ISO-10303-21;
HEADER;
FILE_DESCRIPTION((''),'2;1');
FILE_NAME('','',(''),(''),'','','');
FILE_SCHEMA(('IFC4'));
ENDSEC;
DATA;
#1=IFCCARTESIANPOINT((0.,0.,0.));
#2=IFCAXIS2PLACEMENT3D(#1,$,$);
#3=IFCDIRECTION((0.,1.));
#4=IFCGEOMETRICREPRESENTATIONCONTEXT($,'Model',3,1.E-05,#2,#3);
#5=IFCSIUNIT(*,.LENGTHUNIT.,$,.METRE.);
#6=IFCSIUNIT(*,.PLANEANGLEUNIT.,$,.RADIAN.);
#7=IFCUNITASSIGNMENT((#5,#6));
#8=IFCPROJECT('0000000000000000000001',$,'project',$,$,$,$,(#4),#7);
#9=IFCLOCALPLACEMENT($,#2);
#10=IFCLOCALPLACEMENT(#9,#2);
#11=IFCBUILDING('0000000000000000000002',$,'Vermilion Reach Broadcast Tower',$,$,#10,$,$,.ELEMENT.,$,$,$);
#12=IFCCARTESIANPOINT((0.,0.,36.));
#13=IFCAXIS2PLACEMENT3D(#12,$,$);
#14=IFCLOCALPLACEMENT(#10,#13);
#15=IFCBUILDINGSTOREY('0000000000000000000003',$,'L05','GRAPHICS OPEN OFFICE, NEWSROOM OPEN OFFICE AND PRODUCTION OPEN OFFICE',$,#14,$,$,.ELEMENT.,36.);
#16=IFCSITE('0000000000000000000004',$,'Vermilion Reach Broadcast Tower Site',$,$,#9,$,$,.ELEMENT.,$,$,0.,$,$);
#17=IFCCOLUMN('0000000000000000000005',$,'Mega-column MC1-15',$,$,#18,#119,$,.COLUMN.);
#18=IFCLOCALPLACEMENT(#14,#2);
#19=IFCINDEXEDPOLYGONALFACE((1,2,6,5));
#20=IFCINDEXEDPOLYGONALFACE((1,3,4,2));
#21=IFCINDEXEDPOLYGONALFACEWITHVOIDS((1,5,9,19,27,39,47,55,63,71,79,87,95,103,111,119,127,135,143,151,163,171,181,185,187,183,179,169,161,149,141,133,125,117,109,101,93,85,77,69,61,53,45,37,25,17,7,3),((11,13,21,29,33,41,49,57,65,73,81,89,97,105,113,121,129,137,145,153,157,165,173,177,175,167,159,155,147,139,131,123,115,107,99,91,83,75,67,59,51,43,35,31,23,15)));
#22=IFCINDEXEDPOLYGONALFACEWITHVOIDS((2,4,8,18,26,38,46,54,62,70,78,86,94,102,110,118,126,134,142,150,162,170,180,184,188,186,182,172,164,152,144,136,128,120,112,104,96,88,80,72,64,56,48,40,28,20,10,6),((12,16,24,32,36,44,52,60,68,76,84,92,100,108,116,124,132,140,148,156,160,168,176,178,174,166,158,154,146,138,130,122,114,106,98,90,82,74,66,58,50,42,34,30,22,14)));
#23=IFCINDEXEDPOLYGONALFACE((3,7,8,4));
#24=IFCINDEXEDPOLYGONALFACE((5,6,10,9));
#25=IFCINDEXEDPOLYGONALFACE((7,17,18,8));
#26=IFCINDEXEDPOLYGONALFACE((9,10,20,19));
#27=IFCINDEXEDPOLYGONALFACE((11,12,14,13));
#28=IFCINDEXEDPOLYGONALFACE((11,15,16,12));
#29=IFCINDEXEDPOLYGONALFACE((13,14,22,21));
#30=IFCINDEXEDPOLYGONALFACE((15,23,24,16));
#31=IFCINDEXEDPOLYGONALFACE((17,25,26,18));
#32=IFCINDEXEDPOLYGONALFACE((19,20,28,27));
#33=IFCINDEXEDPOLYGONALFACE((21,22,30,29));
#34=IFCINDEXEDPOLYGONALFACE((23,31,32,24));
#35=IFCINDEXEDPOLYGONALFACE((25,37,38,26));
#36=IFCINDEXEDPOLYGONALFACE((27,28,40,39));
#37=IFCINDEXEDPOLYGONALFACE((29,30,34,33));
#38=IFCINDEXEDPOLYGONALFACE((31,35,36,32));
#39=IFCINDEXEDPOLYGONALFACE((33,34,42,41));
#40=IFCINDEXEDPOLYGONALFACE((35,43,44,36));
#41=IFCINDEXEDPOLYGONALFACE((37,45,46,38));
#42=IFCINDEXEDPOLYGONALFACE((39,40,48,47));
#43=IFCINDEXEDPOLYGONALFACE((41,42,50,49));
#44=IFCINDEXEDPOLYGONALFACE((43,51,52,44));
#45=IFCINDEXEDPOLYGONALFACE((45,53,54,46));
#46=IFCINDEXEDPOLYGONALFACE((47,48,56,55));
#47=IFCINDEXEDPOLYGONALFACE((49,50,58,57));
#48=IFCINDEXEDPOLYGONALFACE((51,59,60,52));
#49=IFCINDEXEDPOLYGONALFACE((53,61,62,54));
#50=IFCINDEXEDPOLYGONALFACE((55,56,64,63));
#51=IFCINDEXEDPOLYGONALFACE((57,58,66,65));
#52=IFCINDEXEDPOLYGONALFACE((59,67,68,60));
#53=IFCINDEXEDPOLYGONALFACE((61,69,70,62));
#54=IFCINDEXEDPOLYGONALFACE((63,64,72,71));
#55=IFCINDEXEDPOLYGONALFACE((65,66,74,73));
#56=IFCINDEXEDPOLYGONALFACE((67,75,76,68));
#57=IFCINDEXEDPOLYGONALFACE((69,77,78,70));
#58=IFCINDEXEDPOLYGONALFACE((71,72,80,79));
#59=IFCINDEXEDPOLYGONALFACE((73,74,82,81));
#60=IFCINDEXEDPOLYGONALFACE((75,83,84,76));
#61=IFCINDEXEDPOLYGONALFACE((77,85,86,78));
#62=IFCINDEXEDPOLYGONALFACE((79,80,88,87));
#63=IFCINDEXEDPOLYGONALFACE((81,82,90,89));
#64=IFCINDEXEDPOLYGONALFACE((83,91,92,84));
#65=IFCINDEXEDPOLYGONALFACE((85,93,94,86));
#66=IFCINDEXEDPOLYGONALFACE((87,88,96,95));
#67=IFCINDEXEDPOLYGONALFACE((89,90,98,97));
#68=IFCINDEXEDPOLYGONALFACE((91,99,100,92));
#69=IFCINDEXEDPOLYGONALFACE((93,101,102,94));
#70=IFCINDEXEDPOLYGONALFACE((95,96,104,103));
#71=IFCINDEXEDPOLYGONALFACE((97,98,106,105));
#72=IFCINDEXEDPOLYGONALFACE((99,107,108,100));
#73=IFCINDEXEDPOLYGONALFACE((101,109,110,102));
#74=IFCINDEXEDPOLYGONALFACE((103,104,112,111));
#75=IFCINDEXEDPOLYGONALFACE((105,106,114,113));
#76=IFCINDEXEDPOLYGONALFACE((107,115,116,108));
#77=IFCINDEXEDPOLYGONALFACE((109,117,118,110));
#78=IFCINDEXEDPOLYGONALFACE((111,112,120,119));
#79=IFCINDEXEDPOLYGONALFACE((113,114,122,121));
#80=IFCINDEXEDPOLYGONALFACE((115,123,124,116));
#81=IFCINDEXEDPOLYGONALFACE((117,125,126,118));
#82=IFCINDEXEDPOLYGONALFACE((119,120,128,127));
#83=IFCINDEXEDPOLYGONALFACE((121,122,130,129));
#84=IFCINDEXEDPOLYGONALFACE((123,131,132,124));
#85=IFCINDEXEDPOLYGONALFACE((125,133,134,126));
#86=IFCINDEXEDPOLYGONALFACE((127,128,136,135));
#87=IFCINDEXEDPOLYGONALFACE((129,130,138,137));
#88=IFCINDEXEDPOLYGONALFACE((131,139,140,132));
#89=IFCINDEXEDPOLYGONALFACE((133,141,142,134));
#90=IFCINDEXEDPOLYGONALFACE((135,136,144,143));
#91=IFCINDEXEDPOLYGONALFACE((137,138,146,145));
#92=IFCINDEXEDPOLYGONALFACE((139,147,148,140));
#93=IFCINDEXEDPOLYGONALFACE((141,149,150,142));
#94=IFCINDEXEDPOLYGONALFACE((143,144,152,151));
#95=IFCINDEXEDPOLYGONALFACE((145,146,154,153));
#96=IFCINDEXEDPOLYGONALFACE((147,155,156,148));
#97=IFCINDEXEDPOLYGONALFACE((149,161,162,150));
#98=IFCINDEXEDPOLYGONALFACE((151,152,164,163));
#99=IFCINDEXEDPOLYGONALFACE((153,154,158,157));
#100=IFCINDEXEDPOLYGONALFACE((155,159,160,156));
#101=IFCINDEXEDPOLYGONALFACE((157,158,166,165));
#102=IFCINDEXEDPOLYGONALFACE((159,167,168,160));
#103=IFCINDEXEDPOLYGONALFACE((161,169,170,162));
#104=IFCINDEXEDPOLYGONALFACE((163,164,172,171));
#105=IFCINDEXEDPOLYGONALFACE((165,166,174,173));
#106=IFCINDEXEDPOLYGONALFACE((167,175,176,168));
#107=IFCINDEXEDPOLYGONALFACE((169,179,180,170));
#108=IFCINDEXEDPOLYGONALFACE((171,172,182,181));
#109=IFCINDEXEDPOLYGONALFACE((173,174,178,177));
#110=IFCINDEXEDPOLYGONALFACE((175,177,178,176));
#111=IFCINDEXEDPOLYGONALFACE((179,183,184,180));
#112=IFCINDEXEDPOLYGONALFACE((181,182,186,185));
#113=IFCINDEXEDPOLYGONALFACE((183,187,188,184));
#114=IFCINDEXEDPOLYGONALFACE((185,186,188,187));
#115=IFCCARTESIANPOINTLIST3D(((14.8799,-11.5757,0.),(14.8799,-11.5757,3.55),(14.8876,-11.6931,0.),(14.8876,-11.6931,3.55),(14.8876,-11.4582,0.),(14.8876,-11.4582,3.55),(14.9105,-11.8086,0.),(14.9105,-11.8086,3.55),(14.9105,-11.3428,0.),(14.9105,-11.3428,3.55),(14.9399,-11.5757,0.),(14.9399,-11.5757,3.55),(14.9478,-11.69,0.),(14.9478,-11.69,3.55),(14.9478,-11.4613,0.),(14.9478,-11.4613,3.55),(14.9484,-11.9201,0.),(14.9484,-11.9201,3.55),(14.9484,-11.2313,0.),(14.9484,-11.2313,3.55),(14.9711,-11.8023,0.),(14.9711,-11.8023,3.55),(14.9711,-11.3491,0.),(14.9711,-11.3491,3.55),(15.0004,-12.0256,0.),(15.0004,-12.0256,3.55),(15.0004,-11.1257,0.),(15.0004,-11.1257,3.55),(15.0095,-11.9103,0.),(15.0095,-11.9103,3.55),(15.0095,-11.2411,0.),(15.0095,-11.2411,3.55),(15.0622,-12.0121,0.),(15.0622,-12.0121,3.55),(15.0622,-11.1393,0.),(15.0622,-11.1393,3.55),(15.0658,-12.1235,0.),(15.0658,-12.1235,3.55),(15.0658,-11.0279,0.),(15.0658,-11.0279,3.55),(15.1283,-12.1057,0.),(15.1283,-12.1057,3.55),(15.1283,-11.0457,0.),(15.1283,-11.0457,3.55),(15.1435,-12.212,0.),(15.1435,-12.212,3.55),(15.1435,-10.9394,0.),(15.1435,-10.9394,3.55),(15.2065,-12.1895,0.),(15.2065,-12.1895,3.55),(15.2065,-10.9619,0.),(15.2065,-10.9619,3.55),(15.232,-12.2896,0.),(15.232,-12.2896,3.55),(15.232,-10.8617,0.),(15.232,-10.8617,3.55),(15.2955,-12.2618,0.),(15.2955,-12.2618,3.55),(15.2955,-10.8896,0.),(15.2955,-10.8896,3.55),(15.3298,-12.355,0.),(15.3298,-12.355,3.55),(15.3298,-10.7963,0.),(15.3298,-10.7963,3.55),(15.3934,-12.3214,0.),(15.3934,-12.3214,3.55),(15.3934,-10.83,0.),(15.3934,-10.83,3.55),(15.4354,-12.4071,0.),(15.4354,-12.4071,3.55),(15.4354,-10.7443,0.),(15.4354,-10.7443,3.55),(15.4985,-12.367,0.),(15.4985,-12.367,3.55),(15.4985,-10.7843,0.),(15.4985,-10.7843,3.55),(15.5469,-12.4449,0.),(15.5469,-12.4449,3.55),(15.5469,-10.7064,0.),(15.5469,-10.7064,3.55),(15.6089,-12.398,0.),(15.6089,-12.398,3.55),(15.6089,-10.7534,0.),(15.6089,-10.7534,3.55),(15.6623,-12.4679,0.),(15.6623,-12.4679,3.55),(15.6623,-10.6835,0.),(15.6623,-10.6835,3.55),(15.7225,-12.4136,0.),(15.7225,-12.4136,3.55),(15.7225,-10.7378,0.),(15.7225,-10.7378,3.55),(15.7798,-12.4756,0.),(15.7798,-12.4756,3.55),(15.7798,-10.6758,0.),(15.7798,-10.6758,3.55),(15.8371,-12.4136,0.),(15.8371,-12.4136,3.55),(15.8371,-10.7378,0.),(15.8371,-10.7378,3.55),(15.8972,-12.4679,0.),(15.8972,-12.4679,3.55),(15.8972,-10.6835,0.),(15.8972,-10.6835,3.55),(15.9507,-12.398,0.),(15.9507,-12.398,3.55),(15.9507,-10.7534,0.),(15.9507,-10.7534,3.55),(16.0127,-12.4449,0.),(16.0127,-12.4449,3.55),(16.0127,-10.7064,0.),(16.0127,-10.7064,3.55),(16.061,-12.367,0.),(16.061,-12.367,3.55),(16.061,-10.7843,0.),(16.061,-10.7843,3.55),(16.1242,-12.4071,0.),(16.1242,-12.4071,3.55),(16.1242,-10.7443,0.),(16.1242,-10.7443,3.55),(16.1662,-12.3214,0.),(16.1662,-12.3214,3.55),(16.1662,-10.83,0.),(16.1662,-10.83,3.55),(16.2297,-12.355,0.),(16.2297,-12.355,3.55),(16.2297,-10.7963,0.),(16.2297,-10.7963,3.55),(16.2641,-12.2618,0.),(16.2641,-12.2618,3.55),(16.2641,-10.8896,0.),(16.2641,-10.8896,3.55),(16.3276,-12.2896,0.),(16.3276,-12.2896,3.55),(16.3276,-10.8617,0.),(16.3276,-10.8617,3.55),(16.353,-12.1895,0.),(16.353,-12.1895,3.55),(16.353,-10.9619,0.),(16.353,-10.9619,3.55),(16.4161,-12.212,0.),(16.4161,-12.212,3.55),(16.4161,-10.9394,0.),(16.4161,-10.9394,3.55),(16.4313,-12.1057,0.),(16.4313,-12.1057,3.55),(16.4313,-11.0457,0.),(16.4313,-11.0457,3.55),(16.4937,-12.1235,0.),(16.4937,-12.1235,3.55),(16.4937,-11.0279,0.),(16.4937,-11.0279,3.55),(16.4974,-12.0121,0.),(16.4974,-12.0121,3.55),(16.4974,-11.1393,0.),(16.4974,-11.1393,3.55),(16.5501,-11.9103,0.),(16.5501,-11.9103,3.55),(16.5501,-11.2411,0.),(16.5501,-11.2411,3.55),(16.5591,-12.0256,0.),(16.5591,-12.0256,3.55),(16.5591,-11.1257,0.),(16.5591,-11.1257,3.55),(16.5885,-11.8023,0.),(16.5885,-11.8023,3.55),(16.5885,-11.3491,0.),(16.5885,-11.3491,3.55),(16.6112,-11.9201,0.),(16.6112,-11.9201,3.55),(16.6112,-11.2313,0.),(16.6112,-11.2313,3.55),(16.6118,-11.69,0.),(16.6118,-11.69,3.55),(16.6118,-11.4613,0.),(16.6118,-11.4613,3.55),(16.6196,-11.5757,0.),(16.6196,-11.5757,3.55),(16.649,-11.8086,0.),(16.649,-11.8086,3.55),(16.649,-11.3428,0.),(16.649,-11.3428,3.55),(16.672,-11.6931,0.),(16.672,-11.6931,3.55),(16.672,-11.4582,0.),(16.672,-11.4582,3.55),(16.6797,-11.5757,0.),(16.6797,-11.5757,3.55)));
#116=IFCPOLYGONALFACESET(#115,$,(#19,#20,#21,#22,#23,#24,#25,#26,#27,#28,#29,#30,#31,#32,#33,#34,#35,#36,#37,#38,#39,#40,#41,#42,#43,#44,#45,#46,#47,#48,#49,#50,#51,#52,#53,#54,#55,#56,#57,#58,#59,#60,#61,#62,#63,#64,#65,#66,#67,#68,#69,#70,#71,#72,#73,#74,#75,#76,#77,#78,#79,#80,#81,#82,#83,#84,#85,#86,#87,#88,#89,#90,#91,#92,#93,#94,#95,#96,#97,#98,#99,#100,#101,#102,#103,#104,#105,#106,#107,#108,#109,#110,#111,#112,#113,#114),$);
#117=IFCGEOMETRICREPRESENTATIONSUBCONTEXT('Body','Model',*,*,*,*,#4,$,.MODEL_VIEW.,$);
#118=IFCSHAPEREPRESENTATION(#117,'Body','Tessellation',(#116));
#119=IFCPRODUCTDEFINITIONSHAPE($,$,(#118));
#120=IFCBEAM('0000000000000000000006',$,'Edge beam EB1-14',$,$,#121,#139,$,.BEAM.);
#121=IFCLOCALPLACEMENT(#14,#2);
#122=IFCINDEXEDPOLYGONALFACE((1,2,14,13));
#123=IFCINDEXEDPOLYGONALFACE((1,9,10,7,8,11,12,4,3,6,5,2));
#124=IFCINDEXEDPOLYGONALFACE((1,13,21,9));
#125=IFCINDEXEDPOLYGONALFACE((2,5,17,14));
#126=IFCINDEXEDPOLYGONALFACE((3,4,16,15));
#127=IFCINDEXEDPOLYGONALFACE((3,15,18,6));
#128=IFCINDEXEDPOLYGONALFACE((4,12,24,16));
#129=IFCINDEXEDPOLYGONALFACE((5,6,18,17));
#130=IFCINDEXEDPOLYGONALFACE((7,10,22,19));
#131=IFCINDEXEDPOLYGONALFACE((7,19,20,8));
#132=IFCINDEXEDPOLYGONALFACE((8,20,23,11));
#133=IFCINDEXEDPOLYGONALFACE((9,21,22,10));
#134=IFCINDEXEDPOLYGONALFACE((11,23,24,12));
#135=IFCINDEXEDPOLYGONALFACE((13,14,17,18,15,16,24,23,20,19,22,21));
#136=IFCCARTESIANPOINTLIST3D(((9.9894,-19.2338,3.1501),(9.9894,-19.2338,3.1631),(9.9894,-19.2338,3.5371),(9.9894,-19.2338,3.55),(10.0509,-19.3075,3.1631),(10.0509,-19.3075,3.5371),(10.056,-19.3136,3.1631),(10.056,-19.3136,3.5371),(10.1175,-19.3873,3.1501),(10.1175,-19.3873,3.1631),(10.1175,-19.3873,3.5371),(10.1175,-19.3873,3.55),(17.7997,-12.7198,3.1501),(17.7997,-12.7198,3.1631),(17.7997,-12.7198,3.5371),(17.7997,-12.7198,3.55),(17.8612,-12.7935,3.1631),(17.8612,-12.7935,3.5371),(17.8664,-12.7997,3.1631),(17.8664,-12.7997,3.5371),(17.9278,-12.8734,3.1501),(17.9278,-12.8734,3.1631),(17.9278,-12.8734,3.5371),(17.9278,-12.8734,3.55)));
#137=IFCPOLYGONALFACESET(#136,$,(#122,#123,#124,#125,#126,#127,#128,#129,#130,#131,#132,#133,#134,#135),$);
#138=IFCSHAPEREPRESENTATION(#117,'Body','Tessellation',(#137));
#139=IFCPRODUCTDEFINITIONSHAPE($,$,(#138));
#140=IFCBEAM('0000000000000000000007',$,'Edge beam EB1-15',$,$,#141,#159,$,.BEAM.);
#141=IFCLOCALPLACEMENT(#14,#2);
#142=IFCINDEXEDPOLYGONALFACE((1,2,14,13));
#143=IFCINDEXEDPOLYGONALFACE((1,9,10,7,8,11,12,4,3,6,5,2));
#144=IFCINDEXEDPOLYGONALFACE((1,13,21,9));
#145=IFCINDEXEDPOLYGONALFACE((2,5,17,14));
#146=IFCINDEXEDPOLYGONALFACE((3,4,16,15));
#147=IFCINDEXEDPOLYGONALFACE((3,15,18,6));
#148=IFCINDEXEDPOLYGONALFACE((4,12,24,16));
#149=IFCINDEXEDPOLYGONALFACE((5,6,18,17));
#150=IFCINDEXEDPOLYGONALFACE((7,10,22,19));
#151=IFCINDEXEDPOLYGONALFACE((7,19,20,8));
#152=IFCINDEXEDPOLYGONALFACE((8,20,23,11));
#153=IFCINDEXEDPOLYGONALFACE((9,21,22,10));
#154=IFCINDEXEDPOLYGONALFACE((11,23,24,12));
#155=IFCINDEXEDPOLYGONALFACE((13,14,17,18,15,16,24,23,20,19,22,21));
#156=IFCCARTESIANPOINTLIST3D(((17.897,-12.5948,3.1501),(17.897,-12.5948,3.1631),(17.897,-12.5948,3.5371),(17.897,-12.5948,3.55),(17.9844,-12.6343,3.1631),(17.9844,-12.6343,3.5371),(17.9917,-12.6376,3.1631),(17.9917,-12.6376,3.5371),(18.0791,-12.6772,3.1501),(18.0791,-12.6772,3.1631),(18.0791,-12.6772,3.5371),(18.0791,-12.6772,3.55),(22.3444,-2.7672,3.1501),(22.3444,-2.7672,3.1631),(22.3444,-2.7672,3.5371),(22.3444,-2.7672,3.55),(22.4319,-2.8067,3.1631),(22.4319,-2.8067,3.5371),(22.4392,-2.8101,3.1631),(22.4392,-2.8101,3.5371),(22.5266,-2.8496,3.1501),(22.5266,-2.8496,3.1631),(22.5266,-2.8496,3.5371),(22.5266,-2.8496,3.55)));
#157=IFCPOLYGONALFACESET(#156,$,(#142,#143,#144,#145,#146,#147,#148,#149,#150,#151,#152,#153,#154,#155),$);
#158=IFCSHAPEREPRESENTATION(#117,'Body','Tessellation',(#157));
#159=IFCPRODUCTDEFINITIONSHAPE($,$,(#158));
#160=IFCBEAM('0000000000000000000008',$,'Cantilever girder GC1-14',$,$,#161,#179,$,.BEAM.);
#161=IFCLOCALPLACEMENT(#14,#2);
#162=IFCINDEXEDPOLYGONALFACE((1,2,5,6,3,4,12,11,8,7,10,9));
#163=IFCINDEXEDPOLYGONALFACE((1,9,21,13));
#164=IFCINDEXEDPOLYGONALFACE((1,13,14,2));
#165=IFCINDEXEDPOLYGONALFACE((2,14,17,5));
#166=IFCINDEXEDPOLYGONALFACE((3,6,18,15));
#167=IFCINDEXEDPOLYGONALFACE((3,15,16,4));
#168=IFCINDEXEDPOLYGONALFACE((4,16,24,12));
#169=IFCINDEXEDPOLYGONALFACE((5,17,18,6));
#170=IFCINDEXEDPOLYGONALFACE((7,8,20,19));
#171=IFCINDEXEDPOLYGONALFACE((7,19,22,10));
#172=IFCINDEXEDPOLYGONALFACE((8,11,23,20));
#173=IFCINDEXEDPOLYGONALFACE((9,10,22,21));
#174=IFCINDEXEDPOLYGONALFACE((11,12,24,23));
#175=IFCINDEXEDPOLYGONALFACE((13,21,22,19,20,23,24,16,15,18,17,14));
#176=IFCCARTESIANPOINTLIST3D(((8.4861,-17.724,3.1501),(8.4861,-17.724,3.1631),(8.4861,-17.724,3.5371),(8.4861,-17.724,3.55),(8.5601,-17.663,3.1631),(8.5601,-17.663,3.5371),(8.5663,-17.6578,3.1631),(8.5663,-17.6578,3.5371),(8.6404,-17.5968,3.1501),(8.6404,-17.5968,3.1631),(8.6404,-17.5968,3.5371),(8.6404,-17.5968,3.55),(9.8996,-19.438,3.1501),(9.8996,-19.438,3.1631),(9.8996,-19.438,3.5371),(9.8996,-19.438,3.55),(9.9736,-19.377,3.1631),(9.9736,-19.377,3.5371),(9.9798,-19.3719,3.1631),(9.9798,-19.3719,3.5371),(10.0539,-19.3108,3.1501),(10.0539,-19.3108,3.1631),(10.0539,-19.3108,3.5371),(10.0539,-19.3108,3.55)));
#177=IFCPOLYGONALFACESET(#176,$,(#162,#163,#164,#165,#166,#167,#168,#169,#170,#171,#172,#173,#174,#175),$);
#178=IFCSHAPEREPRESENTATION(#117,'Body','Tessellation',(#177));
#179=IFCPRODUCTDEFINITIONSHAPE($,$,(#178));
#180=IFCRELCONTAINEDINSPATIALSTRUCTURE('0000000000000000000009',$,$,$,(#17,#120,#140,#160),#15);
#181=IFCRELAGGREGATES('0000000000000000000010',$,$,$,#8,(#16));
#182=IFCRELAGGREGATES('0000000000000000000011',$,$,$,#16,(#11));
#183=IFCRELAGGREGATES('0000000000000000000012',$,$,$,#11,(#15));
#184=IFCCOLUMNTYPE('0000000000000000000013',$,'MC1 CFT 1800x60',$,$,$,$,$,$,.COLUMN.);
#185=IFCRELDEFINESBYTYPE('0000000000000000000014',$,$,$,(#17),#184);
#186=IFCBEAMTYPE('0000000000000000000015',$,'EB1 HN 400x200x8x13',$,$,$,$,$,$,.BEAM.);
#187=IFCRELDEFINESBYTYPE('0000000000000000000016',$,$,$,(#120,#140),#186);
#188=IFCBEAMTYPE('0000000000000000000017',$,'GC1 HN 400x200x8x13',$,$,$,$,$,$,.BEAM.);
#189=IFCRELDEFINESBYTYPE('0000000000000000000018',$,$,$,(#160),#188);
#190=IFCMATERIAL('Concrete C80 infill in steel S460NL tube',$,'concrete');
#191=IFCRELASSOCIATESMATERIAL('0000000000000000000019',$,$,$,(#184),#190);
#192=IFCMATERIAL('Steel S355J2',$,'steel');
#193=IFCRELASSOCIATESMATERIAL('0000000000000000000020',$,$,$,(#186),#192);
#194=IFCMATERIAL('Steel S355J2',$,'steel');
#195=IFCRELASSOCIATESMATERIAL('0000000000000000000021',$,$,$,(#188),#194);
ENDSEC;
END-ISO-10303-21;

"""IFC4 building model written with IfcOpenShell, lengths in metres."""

from ifc_helpers import new_model, si_unit, direction, frame, origin, origin_2d, place, context, subcontext, project, spatial, hollow_circle, i_section, extrude, material, material_profile, profile_set, type_object, element, save


model = new_model("IFC4")

# Units and contexts
model_context = context("Model", 3, precision=1e-05, world=origin(), true_north=direction((0.0, 1.0)))
body_context = subcontext(model_context, "Body", "Model", "MODEL_VIEW")
ifc_project = project(units=[si_unit("LENGTHUNIT", "METRE"), si_unit("PLANEANGLEUNIT", "RADIAN")], contexts=[model_context])

# Site, building, storey
site_placement = place(None, origin())
site = spatial("IfcSite", under=ifc_project, at=site_placement, Name="Vermilion Reach Broadcast Tower Site", CompositionType="ELEMENT", RefElevation=0.0)
building_placement = place(site_placement, origin())
building = spatial("IfcBuilding", under=site, at=building_placement, Name="Vermilion Reach Broadcast Tower", CompositionType="ELEMENT")
storey_placement = place(building_placement, frame((0.0, 0.0, 36.0)))
storey = spatial("IfcBuildingStorey", under=building, at=storey_placement, Name="L05", Description="GRAPHICS OPEN OFFICE, NEWSROOM OPEN OFFICE AND PRODUCTION OPEN OFFICE", CompositionType="ELEMENT", Elevation=36.0)

# Column
ifc_material_1 = material(Name="Concrete C80 infill in steel S460NL tube", Category="concrete")
ifc_material_profile_1 = material_profile(ifc_material_1, hollow_circle(Radius=0.8999, WallThickness=0.0601, at=origin_2d()), Name="Concrete C80 infill in steel S460NL tube CFT 1800x60")
ifc_profile_set_1 = profile_set([ifc_material_profile_1], Name="Concrete C80 infill in steel S460NL tube")
column_type = type_object("IfcColumnType", Name="MC1 CFT 1800x60", PredefinedType="COLUMN", material=ifc_profile_set_1)
for number, where, z_axis, x_axis, name in (
    (1, (15.7798, -11.5757, 0.0), (0.0, 0.0, 1.0), (1.0, 0.0, 0.0), "Mega-column MC1-15"),
):
    element("IfcColumn", number, at=place(storey_placement, frame(where, z_axis=z_axis, x_axis=x_axis)), inside=storey, type_object=column_type, Name=name, PredefinedType="COLUMN", context=body_context, shape_type="SweptSolid", body=[
        extrude(hollow_circle(Radius=0.8999, WallThickness=0.0601, at=origin_2d()), origin(), (0.0, 0.0, 1.0), 3.55),
    ])

# Beams
ifc_material_2 = material(Name="Steel S355J2", Category="steel")
ifc_material_profile_2 = material_profile(ifc_material_2, i_section(OverallWidth=0.2, OverallDepth=0.3999, WebThickness=0.0081, FlangeThickness=0.0129, at=origin_2d()), Name="S355J2 HN 400x200x8x13")
ifc_profile_set_2 = profile_set([ifc_material_profile_2], Name="Steel S355J2")
beam_type_1 = type_object("IfcBeamType", Name="EB1 HN 400x200x8x13", PredefinedType="BEAM", material=ifc_profile_set_2)
beam_1_placement = place(storey_placement, frame((10.0535, -19.3105, 3.3501), z_axis=(0.767963, 0.640494, 0.0), x_axis=(-0.640494, 0.767963, 0.0)))
element("IfcBeam", 2, at=beam_1_placement, inside=storey, type_object=beam_type_1, Name="Edge beam EB1-14", PredefinedType="BEAM", context=body_context, shape_type="SweptSolid", body=[
    extrude(i_section(OverallWidth=0.2, OverallDepth=0.3999, WebThickness=0.0081, FlangeThickness=0.0129, at=origin_2d()), origin(), (0.0, 0.0, 1.0), 10.1702),
])
beam_2_placement = place(storey_placement, frame((17.988, -12.636, 3.3501), z_axis=(0.412297, 0.91105, 0.0), x_axis=(-0.91105, 0.412297, 0.0)))
element("IfcBeam", 3, at=beam_2_placement, inside=storey, type_object=beam_type_1, Name="Edge beam EB1-15", PredefinedType="BEAM", context=body_context, shape_type="SweptSolid", body=[
    extrude(i_section(OverallWidth=0.2, OverallDepth=0.3999, WebThickness=0.0081, FlangeThickness=0.0129, at=origin_2d()), origin(), (0.0, 0.0, 1.0), 10.7871),
])
ifc_material_3 = material(Name="Steel S355J2", Category="steel")
ifc_material_profile_3 = material_profile(ifc_material_3, i_section(OverallWidth=0.2, OverallDepth=0.3999, WebThickness=0.0081, FlangeThickness=0.0129, at=origin_2d()), Name="S355J2 HN 400x200x8x13")
ifc_profile_set_3 = profile_set([ifc_material_profile_3], Name="Steel S355J2")
beam_type_2 = type_object("IfcBeamType", Name="GC1 HN 400x200x8x13", PredefinedType="BEAM", material=ifc_profile_set_3)
beam_3_placement = place(storey_placement, frame((8.5632, -17.6604, 3.3501), z_axis=(0.636231, -0.771499, 0.0), x_axis=(0.771499, 0.636231, 0.0)))
element("IfcBeam", 4, at=beam_3_placement, inside=storey, type_object=beam_type_2, Name="Cantilever girder GC1-14", PredefinedType="BEAM", context=body_context, shape_type="SweptSolid", body=[
    extrude(i_section(OverallWidth=0.2, OverallDepth=0.3999, WebThickness=0.0081, FlangeThickness=0.0129, at=origin_2d()), origin(), (0.0, 0.0, 1.0), 2.2217),
])

save(model, "model.ifc")
